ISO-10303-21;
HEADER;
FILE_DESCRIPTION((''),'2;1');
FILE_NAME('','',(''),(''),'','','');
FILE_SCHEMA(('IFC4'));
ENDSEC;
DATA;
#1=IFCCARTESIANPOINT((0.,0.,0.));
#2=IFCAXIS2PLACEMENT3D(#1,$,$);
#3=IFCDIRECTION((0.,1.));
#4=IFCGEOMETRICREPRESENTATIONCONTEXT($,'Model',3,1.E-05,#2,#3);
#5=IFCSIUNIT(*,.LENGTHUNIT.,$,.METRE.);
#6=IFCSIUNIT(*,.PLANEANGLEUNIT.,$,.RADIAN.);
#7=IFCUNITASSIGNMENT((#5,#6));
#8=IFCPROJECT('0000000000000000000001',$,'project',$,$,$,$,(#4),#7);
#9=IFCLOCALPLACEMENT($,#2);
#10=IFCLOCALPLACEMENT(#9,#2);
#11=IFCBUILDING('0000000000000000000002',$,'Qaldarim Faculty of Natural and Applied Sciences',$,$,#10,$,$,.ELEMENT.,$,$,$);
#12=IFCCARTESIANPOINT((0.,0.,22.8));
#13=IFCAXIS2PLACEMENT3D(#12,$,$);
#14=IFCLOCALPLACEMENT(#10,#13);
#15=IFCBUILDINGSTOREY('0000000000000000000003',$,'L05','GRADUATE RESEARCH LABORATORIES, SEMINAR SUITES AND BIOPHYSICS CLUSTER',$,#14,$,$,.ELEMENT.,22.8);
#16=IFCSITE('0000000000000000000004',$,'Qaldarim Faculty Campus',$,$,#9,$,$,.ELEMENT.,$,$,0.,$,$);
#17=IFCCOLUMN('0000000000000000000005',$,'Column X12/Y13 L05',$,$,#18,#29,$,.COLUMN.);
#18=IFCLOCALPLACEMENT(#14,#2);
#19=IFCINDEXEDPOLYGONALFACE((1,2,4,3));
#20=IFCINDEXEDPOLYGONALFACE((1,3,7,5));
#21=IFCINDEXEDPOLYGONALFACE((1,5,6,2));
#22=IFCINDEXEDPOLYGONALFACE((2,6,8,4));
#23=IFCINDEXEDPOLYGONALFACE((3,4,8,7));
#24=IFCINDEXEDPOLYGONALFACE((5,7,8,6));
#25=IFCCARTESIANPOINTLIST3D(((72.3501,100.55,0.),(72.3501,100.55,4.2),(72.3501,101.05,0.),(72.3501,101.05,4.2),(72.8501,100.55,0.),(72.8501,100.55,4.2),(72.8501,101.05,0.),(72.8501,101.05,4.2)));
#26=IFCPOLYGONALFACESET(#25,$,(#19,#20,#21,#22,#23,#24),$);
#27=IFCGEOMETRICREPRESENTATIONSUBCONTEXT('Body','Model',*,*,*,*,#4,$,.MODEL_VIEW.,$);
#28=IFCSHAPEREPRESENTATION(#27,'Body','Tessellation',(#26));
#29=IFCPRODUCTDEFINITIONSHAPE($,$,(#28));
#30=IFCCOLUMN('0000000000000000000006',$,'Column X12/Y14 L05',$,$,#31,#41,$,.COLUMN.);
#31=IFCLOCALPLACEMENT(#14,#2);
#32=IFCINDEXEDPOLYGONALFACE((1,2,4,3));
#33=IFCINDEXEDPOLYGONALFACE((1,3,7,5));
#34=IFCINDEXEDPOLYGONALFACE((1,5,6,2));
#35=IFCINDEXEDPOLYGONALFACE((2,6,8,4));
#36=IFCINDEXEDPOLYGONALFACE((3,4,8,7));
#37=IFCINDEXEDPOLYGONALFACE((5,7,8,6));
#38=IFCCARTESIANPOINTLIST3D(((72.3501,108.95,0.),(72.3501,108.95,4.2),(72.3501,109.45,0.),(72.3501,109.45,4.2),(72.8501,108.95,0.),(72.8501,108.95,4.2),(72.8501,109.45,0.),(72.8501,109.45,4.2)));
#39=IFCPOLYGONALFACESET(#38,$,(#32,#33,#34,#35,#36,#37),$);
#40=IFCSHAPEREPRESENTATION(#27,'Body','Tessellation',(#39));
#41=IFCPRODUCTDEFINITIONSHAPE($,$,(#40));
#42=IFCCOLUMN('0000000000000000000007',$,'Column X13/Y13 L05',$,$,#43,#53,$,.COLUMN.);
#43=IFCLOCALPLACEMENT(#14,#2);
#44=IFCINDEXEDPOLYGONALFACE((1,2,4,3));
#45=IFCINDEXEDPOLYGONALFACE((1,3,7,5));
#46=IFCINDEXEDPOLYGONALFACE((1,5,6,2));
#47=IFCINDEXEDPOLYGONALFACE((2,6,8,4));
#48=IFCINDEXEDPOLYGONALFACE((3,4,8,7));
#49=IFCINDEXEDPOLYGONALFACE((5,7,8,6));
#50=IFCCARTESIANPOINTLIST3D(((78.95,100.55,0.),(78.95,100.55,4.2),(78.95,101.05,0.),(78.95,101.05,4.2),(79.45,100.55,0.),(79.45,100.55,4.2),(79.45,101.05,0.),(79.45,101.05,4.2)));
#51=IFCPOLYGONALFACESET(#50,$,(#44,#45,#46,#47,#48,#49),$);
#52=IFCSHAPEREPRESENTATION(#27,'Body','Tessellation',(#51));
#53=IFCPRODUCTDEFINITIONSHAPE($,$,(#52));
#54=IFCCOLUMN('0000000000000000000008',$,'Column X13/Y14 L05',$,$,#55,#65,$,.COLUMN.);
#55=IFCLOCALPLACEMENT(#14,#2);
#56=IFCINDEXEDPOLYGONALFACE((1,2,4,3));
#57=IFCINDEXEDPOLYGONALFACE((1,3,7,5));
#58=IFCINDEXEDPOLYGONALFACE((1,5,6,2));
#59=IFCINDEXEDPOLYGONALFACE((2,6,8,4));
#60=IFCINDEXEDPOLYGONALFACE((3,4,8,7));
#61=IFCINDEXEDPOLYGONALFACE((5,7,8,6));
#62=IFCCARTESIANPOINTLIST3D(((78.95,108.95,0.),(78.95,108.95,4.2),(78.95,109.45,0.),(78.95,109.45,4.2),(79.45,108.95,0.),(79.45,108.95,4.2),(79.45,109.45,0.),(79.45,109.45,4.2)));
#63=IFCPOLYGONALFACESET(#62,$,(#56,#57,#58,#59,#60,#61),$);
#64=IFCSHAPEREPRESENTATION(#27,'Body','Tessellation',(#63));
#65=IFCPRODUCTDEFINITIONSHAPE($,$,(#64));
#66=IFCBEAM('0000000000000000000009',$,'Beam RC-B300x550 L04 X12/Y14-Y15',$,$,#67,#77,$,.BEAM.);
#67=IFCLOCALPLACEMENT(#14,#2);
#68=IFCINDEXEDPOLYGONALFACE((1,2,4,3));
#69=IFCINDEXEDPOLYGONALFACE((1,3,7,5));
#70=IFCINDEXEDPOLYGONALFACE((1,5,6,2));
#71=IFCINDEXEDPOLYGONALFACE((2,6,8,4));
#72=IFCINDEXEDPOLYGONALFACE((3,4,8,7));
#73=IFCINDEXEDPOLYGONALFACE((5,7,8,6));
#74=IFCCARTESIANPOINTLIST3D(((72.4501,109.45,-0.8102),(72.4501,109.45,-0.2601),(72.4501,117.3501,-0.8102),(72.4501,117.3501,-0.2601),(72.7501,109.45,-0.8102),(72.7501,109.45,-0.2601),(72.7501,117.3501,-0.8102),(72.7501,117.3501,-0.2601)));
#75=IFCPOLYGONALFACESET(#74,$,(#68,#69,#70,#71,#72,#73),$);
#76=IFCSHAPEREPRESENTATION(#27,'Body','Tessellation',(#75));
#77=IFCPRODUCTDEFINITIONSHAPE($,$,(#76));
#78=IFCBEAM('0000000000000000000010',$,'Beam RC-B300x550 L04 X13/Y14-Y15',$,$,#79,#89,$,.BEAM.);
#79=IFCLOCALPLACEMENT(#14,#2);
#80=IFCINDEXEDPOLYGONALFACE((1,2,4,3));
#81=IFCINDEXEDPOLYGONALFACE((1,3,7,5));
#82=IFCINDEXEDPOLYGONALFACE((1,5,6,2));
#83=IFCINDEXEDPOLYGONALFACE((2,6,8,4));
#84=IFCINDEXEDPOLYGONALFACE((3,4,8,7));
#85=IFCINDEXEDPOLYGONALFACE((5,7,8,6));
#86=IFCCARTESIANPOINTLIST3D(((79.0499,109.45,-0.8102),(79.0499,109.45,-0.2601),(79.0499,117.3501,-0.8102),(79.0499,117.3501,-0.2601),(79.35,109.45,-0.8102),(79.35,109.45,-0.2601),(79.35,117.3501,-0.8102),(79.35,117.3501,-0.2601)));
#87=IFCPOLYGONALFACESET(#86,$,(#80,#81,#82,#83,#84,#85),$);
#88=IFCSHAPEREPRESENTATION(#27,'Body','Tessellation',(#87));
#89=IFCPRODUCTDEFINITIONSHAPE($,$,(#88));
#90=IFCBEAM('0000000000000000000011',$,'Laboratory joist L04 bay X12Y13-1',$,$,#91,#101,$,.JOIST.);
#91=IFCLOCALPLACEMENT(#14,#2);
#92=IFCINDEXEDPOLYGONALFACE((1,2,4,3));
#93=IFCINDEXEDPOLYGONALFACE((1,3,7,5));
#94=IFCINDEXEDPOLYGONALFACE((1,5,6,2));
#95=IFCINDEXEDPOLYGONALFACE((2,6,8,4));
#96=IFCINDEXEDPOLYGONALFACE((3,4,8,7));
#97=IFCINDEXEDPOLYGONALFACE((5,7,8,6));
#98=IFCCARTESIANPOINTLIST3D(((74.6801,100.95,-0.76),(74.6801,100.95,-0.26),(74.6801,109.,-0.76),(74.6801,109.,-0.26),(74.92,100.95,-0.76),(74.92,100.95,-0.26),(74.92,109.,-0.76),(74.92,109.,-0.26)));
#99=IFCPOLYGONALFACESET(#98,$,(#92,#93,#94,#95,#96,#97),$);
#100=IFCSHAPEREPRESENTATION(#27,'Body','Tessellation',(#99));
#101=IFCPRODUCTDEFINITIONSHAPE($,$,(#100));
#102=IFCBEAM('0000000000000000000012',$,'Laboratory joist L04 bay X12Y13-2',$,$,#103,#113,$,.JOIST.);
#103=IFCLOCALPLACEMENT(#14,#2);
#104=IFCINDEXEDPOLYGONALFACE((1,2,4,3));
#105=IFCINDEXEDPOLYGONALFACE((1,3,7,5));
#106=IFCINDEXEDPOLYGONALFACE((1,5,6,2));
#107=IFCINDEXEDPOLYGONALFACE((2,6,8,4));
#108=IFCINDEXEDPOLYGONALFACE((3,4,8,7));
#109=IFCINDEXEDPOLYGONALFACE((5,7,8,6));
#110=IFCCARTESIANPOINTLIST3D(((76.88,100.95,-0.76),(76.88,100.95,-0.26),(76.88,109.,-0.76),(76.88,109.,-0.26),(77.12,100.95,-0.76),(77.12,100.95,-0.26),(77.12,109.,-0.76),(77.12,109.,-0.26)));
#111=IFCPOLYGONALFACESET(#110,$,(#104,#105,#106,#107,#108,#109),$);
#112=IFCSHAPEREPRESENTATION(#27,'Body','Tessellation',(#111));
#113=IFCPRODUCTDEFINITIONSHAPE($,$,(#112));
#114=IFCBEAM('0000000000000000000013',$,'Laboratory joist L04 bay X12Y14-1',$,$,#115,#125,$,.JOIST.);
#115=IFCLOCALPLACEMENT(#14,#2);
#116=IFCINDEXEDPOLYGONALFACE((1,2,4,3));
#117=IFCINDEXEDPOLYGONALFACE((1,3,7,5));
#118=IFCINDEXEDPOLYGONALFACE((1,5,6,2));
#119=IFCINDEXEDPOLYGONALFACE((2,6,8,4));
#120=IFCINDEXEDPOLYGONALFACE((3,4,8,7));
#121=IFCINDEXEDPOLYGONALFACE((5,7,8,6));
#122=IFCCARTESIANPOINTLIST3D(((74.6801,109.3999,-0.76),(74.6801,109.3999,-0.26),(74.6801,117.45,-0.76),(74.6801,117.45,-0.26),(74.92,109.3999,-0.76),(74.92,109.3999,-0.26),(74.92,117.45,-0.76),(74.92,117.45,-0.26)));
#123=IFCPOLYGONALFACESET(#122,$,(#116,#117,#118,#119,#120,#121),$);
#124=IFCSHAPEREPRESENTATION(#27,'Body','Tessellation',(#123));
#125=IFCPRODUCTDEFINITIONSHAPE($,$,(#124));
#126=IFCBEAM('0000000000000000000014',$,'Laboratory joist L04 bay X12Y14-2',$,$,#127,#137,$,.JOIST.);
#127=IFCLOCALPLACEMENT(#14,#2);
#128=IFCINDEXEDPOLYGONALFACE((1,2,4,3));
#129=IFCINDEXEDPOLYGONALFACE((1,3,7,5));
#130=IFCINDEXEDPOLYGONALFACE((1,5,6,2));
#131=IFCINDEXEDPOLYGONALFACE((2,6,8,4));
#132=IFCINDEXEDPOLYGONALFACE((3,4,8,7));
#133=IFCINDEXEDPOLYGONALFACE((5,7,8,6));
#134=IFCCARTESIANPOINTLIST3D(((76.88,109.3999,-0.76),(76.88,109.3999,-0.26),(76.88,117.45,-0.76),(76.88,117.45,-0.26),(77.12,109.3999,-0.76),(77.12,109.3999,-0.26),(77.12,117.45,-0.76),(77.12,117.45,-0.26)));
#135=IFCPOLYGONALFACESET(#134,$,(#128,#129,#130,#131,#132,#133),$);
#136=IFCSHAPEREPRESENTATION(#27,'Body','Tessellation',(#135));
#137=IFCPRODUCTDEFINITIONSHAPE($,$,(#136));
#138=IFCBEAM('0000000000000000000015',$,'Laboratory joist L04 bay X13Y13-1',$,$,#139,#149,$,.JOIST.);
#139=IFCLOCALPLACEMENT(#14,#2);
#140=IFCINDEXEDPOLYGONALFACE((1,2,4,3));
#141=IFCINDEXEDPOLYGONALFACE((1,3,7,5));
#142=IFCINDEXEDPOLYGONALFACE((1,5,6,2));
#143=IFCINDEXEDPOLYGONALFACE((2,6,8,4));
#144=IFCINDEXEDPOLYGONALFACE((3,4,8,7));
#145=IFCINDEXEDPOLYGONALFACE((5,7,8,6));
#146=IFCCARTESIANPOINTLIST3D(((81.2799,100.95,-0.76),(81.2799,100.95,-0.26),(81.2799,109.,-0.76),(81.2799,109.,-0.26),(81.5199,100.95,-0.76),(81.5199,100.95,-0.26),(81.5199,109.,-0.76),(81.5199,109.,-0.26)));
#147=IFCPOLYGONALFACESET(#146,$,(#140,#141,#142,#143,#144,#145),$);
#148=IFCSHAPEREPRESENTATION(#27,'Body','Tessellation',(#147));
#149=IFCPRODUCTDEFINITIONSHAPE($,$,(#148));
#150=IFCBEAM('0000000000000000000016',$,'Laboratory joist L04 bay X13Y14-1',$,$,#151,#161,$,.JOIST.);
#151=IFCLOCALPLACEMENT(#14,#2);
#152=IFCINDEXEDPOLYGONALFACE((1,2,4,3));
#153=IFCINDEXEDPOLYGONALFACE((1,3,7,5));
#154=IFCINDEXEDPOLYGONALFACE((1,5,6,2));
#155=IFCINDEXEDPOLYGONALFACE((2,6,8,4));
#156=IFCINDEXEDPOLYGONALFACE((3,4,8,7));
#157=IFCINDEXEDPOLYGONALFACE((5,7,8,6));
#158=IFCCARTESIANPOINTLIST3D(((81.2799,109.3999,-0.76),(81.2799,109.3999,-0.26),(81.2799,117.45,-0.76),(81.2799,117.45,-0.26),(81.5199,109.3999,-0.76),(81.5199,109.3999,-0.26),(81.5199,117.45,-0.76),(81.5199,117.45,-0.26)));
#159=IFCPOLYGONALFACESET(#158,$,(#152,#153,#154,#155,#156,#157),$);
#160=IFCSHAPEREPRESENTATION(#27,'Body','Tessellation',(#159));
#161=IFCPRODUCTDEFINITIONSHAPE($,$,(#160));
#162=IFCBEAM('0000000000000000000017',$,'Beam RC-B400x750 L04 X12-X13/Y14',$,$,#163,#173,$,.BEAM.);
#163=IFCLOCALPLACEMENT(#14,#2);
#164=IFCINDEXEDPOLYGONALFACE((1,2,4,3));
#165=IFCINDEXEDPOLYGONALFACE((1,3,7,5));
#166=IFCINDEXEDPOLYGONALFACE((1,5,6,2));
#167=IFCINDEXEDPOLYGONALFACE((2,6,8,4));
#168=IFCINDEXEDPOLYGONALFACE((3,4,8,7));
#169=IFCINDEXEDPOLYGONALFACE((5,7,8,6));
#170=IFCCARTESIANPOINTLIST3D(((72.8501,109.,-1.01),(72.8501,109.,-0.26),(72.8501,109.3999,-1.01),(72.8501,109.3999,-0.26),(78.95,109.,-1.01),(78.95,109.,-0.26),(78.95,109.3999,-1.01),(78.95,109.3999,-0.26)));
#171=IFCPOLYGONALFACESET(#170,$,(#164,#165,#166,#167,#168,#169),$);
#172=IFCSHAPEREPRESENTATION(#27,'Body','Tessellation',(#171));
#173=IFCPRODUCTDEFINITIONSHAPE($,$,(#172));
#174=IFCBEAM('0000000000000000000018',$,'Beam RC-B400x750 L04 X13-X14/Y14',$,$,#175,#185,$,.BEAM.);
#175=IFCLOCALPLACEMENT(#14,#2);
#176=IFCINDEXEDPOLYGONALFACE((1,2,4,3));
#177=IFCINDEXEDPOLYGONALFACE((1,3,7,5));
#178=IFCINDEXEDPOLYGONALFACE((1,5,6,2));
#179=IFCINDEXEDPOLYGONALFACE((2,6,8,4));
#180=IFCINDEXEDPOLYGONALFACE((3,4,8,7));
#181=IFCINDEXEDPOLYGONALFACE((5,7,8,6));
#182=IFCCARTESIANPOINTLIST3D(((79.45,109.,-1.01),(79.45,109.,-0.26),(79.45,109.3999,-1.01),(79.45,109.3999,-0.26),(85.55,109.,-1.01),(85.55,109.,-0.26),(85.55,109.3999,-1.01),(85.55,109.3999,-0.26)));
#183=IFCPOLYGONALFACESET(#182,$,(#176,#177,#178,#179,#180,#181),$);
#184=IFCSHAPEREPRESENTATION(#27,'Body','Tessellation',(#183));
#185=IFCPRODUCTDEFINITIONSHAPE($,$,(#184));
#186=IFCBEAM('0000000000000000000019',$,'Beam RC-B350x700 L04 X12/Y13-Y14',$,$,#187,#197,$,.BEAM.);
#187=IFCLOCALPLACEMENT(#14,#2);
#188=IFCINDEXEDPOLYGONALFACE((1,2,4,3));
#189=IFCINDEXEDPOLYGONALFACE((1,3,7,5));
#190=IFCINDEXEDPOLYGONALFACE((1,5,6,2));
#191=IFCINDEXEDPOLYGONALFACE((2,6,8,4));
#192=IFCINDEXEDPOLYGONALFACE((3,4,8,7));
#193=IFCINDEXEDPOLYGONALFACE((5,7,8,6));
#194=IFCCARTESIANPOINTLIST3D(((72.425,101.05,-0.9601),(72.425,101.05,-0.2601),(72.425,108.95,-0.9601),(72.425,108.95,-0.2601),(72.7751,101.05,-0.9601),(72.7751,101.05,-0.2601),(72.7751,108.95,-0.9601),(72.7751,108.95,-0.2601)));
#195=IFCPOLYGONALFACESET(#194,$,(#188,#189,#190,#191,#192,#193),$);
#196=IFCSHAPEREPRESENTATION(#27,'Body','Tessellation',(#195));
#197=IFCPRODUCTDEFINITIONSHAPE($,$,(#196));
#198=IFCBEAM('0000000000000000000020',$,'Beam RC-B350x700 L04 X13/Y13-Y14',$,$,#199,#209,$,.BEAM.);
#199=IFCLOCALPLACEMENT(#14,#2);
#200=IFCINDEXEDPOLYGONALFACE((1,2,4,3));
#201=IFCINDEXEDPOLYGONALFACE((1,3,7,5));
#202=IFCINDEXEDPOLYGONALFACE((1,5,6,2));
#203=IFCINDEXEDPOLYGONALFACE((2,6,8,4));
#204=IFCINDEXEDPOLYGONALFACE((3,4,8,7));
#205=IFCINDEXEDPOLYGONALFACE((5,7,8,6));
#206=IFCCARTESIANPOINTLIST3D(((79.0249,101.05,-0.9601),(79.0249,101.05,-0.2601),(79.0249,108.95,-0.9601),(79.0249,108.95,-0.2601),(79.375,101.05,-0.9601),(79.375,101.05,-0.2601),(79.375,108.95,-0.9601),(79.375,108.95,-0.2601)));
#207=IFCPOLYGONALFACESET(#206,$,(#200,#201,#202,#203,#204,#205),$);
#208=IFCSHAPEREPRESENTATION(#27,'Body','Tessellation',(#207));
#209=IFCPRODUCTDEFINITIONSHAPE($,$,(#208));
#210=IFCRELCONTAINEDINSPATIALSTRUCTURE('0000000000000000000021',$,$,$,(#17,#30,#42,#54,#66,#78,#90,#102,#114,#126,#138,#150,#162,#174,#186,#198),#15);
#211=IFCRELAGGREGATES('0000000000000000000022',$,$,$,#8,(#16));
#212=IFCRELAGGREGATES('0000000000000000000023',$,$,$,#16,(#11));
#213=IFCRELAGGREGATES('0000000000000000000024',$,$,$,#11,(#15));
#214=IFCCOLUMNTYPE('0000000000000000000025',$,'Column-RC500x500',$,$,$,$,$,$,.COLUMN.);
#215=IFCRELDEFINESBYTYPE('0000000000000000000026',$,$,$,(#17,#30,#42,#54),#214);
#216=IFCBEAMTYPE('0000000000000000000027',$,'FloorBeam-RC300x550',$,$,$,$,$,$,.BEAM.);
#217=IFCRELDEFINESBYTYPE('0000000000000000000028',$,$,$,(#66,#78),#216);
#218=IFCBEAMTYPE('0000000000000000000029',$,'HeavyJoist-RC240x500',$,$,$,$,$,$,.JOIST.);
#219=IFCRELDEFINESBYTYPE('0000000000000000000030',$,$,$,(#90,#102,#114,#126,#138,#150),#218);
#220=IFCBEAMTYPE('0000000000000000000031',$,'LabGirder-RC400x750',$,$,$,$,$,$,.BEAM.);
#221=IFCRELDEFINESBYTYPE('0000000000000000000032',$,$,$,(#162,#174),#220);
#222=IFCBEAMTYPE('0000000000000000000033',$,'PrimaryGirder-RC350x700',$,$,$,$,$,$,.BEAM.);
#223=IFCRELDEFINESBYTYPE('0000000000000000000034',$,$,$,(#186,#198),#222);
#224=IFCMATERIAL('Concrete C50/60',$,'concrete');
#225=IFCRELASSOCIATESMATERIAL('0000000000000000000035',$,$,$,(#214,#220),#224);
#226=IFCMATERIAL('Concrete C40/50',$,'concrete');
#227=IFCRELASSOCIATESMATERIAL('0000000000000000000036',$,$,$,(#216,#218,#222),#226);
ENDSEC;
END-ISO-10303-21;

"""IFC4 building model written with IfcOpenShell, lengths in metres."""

from ifc_helpers import new_model, si_unit, direction, frame, origin, origin_2d, place, context, subcontext, project, spatial, rectangle, extrude, material, material_profile, profile_set, type_object, element, save


model = new_model("IFC4")

# Units and contexts
model_context = context("Model", 3, precision=1e-05, world=origin(), true_north=direction((0.0, 1.0)))
body_context = subcontext(model_context, "Body", "Model", "MODEL_VIEW")
ifc_project = project(units=[si_unit("LENGTHUNIT", "METRE"), si_unit("PLANEANGLEUNIT", "RADIAN")], contexts=[model_context])

# Site, building, storey
site_placement = place(None, origin())
site = spatial("IfcSite", under=ifc_project, at=site_placement, Name="Qaldarim Faculty Campus", CompositionType="ELEMENT", RefElevation=0.0)
building_placement = place(site_placement, origin())
building = spatial("IfcBuilding", under=site, at=building_placement, Name="Qaldarim Faculty of Natural and Applied Sciences", CompositionType="ELEMENT")
storey_placement = place(building_placement, frame((0.0, 0.0, 22.8)))
storey = spatial("IfcBuildingStorey", under=building, at=storey_placement, Name="L05", Description="GRADUATE RESEARCH LABORATORIES, SEMINAR SUITES AND BIOPHYSICS CLUSTER", CompositionType="ELEMENT", Elevation=22.8)

# Columns
ifc_material_1 = material(Name="Concrete C50/60", Category="concrete")
ifc_material_profile_1 = material_profile(ifc_material_1, rectangle(XDim=0.5, YDim=0.5, at=origin_2d()), Name="RC-C500x500")
ifc_profile_set_1 = profile_set([ifc_material_profile_1], Name="Concrete C50/60")
column_type = type_object("IfcColumnType", Name="Column-RC500x500", PredefinedType="COLUMN", material=ifc_profile_set_1)
for number, where, z_axis, x_axis, name in (
    (1, (72.6001, 100.8, 0.0), (0.0, 0.0, 1.0), (1.0, 0.0, 0.0), "Column X12/Y13 L05"),
    (2, (72.6001, 109.2, 0.0), (0.0, 0.0, 1.0), (1.0, 0.0, 0.0), "Column X12/Y14 L05"),
    (3, (79.2, 100.8, 0.0), (0.0, 0.0, 1.0), (1.0, 0.0, 0.0), "Column X13/Y13 L05"),
    (4, (79.2, 109.2, 0.0), (0.0, 0.0, 1.0), (1.0, 0.0, 0.0), "Column X13/Y14 L05"),
):
    element("IfcColumn", number, at=place(storey_placement, frame(where, z_axis=z_axis, x_axis=x_axis)), inside=storey, type_object=column_type, Name=name, PredefinedType="COLUMN", context=body_context, shape_type="SweptSolid", body=[
        extrude(rectangle(XDim=0.5, YDim=0.5, at=origin_2d()), origin(), (0.0, 0.0, 1.0), 4.2),
    ])

# Beams
ifc_material_2 = material(Name="Concrete C40/50", Category="concrete")
ifc_material_profile_2 = material_profile(ifc_material_2, rectangle(XDim=0.3, YDim=0.55, at=origin_2d()), Name="RC-B300x550")
ifc_profile_set_2 = profile_set([ifc_material_profile_2], Name="Concrete C40/50")
beam_type_1 = type_object("IfcBeamType", Name="FloorBeam-RC300x550", PredefinedType="BEAM", material=ifc_profile_set_2)
for number, where, z_axis, x_axis, name in (
    (5, (72.6001, 109.45, -0.5352), (0.0, 1.0, 0.0), (-1.0, 0.0, 0.0), "Beam RC-B300x550 L04 X12/Y14-Y15"),
    (6, (79.2, 109.45, -0.5352), (0.0, 1.0, 0.0), (-1.0, 0.0, 0.0), "Beam RC-B300x550 L04 X13/Y14-Y15"),
):
    element("IfcBeam", number, at=place(storey_placement, frame(where, z_axis=z_axis, x_axis=x_axis)), inside=storey, type_object=beam_type_1, Name=name, PredefinedType="BEAM", context=body_context, shape_type="SweptSolid", body=[
        extrude(rectangle(XDim=0.3, YDim=0.55, at=origin_2d()), origin(), (0.0, 0.0, 1.0), 7.9001),
    ])
ifc_material_profile_3 = material_profile(ifc_material_2, rectangle(XDim=0.24, YDim=0.5, at=origin_2d()), Name="RC-J240x500")
ifc_profile_set_3 = profile_set([ifc_material_profile_3], Name="Concrete C40/50")
beam_type_2 = type_object("IfcBeamType", Name="HeavyJoist-RC240x500", PredefinedType="JOIST", material=ifc_profile_set_3)
for number, where, z_axis, x_axis, name in (
    (7, (74.8, 100.95, -0.51), (0.0, 1.0, 0.0), (-1.0, 0.0, 0.0), "Laboratory joist L04 bay X12Y13-1"),
    (8, (77.0, 100.95, -0.51), (0.0, 1.0, 0.0), (-1.0, 0.0, 0.0), "Laboratory joist L04 bay X12Y13-2"),
    (9, (74.8, 109.3999, -0.51), (0.0, 1.0, 0.0), (-1.0, 0.0, 0.0), "Laboratory joist L04 bay X12Y14-1"),
    (10, (77.0, 109.3999, -0.51), (0.0, 1.0, 0.0), (-1.0, 0.0, 0.0), "Laboratory joist L04 bay X12Y14-2"),
    (11, (81.3999, 100.95, -0.51), (0.0, 1.0, 0.0), (-1.0, 0.0, 0.0), "Laboratory joist L04 bay X13Y13-1"),
    (12, (81.3999, 109.3999, -0.51), (0.0, 1.0, 0.0), (-1.0, 0.0, 0.0), "Laboratory joist L04 bay X13Y14-1"),
):
    element("IfcBeam", number, at=place(storey_placement, frame(where, z_axis=z_axis, x_axis=x_axis)), inside=storey, type_object=beam_type_2, Name=name, PredefinedType="JOIST", context=body_context, shape_type="SweptSolid", body=[
        extrude(rectangle(XDim=0.24, YDim=0.5, at=origin_2d()), origin(), (0.0, 0.0, 1.0), 8.05),
    ])
ifc_material_profile_4 = material_profile(ifc_material_1, rectangle(XDim=0.3999, YDim=0.75, at=origin_2d()), Name="RC-B400x750")
ifc_profile_set_4 = profile_set([ifc_material_profile_4], Name="Concrete C50/60")
beam_type_3 = type_object("IfcBeamType", Name="LabGirder-RC400x750", PredefinedType="BEAM", material=ifc_profile_set_4)
beam_1_placement = place(storey_placement, frame((72.8501, 109.2, -0.635), z_axis=(1.0, 0.0, 0.0), x_axis=(0.0, 1.0, 0.0)))
element("IfcBeam", 13, at=beam_1_placement, inside=storey, type_object=beam_type_3, Name="Beam RC-B400x750 L04 X12-X13/Y14", PredefinedType="BEAM", context=body_context, shape_type="SweptSolid", body=[
    extrude(rectangle(XDim=0.3999, YDim=0.75, at=origin_2d()), origin(), (0.0, 0.0, 1.0), 6.0999),
])
beam_2_placement = place(storey_placement, frame((79.45, 109.2, -0.635), z_axis=(1.0, 0.0, 0.0), x_axis=(0.0, 1.0, 0.0)))
element("IfcBeam", 14, at=beam_2_placement, inside=storey, type_object=beam_type_3, Name="Beam RC-B400x750 L04 X13-X14/Y14", PredefinedType="BEAM", context=body_context, shape_type="SweptSolid", body=[
    extrude(rectangle(XDim=0.3999, YDim=0.75, at=origin_2d()), origin(), (0.0, 0.0, 1.0), 6.1001),
])
ifc_material_profile_5 = material_profile(ifc_material_2, rectangle(XDim=0.3501, YDim=0.7, at=origin_2d()), Name="RC-B350x700")
ifc_profile_set_5 = profile_set([ifc_material_profile_5], Name="Concrete C40/50")
beam_type_4 = type_object("IfcBeamType", Name="PrimaryGirder-RC350x700", PredefinedType="BEAM", material=ifc_profile_set_5)
for number, where, z_axis, x_axis, name in (
    (15, (72.6001, 101.05, -0.6101), (0.0, 1.0, 0.0), (-1.0, 0.0, 0.0), "Beam RC-B350x700 L04 X12/Y13-Y14"),
    (16, (79.2, 101.05, -0.6101), (0.0, 1.0, 0.0), (-1.0, 0.0, 0.0), "Beam RC-B350x700 L04 X13/Y13-Y14"),
):
    element("IfcBeam", number, at=place(storey_placement, frame(where, z_axis=z_axis, x_axis=x_axis)), inside=storey, type_object=beam_type_4, Name=name, PredefinedType="BEAM", context=body_context, shape_type="SweptSolid", body=[
        extrude(rectangle(XDim=0.3501, YDim=0.7, at=origin_2d()), origin(), (0.0, 0.0, 1.0), 7.8999),
    ])

save(model, "model.ifc")
